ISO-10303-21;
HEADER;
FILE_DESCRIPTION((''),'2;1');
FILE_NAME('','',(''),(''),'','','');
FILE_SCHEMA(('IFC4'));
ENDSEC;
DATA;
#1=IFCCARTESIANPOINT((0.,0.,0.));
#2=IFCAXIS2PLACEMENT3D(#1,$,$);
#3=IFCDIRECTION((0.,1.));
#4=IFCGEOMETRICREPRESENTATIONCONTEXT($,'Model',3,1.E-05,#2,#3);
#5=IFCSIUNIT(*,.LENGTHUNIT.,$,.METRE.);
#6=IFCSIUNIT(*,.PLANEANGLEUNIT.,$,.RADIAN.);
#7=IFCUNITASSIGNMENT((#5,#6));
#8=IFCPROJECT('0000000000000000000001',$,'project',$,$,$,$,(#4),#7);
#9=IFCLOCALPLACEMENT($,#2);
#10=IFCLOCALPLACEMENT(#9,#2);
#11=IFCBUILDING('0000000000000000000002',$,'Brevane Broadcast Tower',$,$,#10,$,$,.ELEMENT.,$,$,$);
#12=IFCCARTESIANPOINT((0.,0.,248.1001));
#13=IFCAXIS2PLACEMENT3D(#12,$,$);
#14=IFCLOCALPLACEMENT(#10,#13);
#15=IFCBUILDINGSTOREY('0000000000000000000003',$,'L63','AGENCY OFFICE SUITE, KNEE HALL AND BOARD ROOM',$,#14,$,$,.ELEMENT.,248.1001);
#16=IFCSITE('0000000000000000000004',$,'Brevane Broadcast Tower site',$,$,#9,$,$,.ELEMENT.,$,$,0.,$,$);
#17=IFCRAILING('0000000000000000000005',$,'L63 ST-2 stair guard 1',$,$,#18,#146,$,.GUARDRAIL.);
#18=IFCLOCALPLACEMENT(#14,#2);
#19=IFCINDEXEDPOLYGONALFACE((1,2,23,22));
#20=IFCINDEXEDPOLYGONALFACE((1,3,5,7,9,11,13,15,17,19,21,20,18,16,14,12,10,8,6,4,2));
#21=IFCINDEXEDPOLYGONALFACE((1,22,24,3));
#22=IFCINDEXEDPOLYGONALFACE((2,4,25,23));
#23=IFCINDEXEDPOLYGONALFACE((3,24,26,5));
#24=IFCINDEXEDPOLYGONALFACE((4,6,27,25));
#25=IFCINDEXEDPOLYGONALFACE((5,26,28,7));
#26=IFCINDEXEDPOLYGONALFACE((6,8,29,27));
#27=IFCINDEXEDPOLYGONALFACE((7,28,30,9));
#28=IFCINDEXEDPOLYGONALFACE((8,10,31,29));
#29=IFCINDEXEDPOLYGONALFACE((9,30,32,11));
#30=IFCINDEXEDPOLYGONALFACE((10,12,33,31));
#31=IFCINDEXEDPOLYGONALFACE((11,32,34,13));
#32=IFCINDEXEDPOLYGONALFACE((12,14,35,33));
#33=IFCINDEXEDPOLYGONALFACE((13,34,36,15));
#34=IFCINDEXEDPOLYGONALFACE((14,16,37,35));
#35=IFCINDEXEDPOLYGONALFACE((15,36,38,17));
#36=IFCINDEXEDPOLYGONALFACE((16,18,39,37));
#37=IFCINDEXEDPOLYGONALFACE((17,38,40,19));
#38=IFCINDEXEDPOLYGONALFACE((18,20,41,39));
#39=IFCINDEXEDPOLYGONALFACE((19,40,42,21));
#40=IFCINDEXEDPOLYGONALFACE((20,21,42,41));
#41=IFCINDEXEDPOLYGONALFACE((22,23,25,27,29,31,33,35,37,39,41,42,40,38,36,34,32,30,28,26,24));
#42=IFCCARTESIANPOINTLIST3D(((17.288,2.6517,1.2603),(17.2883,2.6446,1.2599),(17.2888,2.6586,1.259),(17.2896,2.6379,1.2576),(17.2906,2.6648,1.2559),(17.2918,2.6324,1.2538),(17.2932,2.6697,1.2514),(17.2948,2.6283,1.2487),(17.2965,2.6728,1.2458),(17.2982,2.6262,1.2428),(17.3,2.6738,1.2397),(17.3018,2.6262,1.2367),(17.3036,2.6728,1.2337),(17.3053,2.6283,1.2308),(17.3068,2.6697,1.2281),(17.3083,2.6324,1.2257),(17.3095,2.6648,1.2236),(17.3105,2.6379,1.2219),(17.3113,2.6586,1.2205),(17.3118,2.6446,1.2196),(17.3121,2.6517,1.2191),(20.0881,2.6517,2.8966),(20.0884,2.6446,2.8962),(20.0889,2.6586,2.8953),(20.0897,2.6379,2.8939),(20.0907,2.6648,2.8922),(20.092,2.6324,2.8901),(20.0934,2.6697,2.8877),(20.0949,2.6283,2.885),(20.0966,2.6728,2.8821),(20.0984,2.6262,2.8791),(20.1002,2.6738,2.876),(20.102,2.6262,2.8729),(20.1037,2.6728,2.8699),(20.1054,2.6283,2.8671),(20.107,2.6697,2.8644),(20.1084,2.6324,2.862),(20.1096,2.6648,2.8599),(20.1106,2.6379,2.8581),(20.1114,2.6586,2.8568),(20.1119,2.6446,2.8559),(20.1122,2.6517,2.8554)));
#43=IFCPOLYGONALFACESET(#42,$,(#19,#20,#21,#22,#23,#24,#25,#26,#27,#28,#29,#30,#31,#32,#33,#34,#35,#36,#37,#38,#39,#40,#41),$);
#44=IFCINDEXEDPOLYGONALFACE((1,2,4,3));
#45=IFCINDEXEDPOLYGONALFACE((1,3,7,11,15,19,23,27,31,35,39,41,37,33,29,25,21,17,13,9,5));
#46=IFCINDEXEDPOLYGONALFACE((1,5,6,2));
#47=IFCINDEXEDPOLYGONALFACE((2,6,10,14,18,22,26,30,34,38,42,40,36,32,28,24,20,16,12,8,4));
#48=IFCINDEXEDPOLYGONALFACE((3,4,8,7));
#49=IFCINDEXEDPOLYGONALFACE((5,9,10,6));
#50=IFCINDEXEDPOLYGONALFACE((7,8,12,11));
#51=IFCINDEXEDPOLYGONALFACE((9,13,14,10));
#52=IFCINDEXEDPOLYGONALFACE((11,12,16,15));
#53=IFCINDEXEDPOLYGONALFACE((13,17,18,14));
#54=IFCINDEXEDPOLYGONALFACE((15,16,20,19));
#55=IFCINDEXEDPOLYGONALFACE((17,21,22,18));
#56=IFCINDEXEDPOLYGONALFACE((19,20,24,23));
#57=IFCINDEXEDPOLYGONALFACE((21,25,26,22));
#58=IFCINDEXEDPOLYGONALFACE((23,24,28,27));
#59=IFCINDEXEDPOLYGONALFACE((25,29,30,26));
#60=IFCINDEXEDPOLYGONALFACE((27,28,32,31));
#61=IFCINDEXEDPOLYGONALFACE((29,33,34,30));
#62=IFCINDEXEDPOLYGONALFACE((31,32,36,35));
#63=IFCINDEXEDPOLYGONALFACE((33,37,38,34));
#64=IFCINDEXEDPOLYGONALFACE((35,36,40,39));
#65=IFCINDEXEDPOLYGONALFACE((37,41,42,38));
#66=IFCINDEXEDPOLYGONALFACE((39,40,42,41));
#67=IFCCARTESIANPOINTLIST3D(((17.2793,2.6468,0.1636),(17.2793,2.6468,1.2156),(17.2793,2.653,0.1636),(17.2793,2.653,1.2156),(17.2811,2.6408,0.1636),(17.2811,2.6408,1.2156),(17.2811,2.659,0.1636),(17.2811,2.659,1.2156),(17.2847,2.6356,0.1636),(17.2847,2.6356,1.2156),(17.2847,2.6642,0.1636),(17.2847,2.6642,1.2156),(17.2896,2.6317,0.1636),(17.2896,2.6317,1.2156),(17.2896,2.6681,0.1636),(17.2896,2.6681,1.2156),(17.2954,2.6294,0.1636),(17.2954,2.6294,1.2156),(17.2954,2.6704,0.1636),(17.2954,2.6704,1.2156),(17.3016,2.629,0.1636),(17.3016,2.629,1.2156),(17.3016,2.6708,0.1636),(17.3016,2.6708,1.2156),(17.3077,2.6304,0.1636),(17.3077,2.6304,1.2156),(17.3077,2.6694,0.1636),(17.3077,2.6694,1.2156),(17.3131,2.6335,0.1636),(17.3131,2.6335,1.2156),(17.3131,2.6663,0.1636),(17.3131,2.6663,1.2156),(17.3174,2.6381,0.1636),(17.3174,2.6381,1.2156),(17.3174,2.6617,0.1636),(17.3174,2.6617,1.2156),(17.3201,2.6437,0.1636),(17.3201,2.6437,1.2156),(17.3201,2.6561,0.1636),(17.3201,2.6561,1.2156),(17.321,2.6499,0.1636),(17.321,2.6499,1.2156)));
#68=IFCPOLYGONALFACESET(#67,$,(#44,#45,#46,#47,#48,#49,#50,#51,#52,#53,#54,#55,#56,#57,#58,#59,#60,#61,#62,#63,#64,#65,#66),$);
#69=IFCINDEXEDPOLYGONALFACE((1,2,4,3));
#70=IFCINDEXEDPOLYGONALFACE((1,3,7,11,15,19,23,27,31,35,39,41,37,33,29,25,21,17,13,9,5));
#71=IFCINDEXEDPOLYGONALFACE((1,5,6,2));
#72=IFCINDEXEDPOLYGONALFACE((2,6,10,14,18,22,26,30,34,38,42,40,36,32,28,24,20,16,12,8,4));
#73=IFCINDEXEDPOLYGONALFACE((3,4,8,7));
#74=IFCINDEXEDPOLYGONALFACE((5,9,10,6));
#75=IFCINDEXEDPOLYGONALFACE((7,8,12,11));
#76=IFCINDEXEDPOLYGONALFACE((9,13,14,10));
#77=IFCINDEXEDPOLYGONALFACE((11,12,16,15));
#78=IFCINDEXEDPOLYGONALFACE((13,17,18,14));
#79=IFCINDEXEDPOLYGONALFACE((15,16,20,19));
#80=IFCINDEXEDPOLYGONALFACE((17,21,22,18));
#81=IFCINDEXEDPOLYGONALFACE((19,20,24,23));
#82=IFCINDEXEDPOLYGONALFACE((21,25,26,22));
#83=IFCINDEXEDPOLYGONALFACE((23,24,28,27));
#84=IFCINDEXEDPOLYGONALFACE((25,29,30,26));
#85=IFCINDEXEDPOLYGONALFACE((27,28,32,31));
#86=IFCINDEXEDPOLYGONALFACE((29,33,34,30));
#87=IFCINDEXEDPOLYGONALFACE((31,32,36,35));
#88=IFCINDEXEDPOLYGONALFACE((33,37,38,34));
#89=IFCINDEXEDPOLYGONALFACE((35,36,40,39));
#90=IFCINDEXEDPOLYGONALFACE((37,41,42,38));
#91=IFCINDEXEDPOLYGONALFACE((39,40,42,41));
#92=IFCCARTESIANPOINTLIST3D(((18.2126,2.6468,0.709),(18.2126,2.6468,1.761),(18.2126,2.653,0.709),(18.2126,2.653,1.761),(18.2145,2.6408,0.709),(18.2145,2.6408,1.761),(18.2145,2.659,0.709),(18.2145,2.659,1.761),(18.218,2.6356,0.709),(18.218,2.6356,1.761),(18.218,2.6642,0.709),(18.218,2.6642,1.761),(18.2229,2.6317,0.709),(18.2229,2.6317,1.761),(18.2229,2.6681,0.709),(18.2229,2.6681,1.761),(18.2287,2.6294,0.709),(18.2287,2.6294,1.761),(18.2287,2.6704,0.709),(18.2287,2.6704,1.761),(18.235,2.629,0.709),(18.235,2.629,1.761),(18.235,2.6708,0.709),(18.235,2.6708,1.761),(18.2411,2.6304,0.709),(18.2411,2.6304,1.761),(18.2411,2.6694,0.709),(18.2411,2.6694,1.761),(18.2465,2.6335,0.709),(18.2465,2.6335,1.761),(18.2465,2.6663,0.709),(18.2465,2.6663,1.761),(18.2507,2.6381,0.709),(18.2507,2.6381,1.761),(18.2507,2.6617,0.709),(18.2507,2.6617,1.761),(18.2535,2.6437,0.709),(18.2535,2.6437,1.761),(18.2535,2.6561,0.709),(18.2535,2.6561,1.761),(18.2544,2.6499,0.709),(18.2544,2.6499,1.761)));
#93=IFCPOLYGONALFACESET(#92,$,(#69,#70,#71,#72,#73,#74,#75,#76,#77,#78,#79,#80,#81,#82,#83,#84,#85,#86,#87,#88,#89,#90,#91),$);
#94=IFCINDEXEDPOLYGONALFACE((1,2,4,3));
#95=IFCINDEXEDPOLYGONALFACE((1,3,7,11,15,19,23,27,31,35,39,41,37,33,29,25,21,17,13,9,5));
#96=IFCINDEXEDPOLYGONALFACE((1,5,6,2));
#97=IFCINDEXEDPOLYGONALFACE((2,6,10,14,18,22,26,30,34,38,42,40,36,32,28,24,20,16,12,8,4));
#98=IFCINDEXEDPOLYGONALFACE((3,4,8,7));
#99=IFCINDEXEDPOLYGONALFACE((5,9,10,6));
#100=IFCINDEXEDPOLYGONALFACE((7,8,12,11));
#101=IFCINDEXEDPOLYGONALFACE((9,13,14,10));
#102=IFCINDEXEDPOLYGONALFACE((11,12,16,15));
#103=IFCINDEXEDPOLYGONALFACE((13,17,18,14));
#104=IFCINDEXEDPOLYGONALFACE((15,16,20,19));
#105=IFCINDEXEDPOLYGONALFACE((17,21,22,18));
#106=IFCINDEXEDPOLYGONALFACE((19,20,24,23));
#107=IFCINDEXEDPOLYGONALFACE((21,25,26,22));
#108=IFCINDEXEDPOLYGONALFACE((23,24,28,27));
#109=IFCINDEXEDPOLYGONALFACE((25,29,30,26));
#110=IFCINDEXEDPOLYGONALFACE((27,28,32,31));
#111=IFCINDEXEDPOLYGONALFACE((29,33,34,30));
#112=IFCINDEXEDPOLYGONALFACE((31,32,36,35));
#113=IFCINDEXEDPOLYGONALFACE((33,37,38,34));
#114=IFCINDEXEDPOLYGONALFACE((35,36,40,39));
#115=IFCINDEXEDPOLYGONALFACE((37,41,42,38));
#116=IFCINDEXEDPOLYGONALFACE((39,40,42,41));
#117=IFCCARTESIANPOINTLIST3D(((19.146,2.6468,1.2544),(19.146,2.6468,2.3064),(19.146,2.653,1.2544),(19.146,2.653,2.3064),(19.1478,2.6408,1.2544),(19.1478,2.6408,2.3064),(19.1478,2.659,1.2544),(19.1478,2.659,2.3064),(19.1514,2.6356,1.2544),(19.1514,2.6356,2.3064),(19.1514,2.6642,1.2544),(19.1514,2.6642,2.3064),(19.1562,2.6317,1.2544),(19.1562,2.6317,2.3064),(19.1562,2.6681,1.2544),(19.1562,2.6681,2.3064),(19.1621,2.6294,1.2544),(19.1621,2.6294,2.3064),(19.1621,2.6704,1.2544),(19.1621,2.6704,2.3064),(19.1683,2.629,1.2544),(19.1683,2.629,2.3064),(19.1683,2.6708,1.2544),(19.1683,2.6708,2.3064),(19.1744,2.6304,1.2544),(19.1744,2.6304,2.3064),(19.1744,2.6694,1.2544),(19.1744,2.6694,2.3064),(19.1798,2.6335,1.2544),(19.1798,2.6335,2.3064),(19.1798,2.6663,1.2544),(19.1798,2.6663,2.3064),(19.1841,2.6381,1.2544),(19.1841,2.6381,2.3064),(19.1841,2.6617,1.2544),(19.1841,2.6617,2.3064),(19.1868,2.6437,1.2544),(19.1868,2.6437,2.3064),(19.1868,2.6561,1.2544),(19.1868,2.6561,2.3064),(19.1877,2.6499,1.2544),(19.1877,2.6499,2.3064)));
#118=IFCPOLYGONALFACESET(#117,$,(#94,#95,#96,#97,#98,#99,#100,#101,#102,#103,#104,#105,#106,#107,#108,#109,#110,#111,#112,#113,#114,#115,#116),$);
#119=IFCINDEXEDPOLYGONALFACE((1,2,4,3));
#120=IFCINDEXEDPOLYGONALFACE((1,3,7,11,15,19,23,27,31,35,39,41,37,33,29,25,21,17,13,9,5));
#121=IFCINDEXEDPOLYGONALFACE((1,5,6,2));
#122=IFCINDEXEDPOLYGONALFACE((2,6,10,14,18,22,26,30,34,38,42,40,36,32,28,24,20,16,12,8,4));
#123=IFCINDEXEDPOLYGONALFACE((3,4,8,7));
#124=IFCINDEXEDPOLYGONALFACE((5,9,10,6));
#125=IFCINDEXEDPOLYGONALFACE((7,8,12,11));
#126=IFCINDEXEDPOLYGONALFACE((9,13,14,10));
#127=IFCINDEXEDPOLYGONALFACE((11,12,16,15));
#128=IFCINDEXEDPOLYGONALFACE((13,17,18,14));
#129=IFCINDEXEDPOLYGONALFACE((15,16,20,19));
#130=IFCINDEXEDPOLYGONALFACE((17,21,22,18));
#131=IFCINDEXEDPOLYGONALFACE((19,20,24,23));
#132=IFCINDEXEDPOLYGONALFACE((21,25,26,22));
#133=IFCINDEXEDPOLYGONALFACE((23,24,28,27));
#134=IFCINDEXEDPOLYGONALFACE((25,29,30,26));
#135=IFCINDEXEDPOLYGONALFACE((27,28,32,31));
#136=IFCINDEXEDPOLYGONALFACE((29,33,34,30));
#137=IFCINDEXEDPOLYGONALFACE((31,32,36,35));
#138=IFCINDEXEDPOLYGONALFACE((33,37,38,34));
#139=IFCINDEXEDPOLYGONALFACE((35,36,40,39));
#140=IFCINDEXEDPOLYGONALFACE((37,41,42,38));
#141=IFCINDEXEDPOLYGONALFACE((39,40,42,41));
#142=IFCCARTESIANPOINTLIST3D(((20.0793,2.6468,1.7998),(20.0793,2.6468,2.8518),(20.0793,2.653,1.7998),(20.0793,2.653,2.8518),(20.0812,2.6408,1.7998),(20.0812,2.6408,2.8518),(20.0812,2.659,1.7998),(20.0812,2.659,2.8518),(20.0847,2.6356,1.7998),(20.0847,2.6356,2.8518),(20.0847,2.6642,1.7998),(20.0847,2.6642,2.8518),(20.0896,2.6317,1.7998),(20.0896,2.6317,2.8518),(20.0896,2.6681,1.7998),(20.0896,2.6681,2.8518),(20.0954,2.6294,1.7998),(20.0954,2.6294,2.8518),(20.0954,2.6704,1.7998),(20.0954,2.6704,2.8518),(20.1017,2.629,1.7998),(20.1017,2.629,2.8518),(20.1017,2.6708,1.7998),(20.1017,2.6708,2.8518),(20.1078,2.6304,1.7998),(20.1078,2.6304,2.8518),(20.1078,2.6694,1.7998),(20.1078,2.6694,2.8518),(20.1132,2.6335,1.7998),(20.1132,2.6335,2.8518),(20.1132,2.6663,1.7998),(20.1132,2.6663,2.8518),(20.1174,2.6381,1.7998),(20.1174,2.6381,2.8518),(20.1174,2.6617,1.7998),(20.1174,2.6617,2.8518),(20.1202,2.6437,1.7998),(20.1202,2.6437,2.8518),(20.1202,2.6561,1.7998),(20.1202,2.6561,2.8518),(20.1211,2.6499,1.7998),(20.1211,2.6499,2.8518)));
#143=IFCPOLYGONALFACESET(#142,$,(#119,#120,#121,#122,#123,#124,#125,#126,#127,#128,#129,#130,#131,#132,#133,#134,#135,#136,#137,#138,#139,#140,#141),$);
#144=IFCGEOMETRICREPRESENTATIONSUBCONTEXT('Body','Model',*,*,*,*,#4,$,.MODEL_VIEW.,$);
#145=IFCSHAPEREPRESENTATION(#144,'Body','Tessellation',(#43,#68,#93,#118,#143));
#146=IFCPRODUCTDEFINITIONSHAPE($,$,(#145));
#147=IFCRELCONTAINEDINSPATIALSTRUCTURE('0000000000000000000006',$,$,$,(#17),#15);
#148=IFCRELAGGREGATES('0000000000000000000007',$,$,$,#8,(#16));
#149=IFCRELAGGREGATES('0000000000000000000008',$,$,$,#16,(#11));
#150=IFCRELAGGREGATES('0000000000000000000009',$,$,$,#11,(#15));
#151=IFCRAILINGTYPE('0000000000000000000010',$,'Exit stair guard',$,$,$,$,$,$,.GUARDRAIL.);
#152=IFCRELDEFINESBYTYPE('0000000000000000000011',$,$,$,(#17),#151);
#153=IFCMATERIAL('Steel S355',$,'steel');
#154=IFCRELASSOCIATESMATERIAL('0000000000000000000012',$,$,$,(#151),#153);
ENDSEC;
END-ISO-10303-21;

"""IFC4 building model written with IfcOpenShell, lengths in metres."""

from ifc_helpers import new_model, si_unit, direction, frame, origin, origin_2d, place, context, subcontext, project, spatial, circle, extrude, material, type_object, element, save


model = new_model("IFC4")

# Units and contexts
model_context = context("Model", 3, precision=1e-05, world=origin(), true_north=direction((0.0, 1.0)))
body_context = subcontext(model_context, "Body", "Model", "MODEL_VIEW")
ifc_project = project(units=[si_unit("LENGTHUNIT", "METRE"), si_unit("PLANEANGLEUNIT", "RADIAN")], contexts=[model_context])

# Site, building, storey
site_placement = place(None, origin())
site = spatial("IfcSite", under=ifc_project, at=site_placement, Name="Brevane Broadcast Tower site", CompositionType="ELEMENT", RefElevation=0.0)
building_placement = place(site_placement, origin())
building = spatial("IfcBuilding", under=site, at=building_placement, Name="Brevane Broadcast Tower", CompositionType="ELEMENT")
storey_placement = place(building_placement, frame((0.0, 0.0, 248.1001)))
storey = spatial("IfcBuildingStorey", under=building, at=storey_placement, Name="L63", Description="AGENCY OFFICE SUITE, KNEE HALL AND BOARD ROOM", CompositionType="ELEMENT", Elevation=248.1001)

# Railing
ifc_material_1 = material(Name="Steel S355", Category="steel")
railing_type_1 = type_object("IfcRailingType", Name="Exit stair guard", PredefinedType="GUARDRAIL", material=ifc_material_1)
railing_1_placement = place(storey_placement, frame((17.3, 2.6499, 0.1636)))
element("IfcRailing", 1, at=railing_1_placement, inside=storey, type_object=railing_type_1, Name="L63 ST-2 stair guard 1", PredefinedType="GUARDRAIL", context=body_context, shape_type="SweptSolid", body=[
    extrude(circle(Radius=0.0239, at=origin_2d()), frame((0.0, 0.0, 1.0762), z_axis=(0.863394, 0.0, 0.504531), x_axis=(0.0, 1.0, 0.0)), (0.0, 0.0, 1.0), 3.2432),
    extrude(circle(Radius=0.021, at=origin_2d()), origin(), (0.0, 0.0, 1.0), 1.052),
    extrude(circle(Radius=0.021, at=origin_2d()), frame((0.9333, 0.0, 0.5454)), (0.0, 0.0, 1.0), 1.052),
    extrude(circle(Radius=0.021, at=origin_2d()), frame((1.8667, 0.0, 1.0908)), (0.0, 0.0, 1.0), 1.052),
    extrude(circle(Radius=0.021, at=origin_2d()), frame((2.8, 0.0, 1.6362)), (0.0, 0.0, 1.0), 1.052),
])

save(model, "model.ifc")
